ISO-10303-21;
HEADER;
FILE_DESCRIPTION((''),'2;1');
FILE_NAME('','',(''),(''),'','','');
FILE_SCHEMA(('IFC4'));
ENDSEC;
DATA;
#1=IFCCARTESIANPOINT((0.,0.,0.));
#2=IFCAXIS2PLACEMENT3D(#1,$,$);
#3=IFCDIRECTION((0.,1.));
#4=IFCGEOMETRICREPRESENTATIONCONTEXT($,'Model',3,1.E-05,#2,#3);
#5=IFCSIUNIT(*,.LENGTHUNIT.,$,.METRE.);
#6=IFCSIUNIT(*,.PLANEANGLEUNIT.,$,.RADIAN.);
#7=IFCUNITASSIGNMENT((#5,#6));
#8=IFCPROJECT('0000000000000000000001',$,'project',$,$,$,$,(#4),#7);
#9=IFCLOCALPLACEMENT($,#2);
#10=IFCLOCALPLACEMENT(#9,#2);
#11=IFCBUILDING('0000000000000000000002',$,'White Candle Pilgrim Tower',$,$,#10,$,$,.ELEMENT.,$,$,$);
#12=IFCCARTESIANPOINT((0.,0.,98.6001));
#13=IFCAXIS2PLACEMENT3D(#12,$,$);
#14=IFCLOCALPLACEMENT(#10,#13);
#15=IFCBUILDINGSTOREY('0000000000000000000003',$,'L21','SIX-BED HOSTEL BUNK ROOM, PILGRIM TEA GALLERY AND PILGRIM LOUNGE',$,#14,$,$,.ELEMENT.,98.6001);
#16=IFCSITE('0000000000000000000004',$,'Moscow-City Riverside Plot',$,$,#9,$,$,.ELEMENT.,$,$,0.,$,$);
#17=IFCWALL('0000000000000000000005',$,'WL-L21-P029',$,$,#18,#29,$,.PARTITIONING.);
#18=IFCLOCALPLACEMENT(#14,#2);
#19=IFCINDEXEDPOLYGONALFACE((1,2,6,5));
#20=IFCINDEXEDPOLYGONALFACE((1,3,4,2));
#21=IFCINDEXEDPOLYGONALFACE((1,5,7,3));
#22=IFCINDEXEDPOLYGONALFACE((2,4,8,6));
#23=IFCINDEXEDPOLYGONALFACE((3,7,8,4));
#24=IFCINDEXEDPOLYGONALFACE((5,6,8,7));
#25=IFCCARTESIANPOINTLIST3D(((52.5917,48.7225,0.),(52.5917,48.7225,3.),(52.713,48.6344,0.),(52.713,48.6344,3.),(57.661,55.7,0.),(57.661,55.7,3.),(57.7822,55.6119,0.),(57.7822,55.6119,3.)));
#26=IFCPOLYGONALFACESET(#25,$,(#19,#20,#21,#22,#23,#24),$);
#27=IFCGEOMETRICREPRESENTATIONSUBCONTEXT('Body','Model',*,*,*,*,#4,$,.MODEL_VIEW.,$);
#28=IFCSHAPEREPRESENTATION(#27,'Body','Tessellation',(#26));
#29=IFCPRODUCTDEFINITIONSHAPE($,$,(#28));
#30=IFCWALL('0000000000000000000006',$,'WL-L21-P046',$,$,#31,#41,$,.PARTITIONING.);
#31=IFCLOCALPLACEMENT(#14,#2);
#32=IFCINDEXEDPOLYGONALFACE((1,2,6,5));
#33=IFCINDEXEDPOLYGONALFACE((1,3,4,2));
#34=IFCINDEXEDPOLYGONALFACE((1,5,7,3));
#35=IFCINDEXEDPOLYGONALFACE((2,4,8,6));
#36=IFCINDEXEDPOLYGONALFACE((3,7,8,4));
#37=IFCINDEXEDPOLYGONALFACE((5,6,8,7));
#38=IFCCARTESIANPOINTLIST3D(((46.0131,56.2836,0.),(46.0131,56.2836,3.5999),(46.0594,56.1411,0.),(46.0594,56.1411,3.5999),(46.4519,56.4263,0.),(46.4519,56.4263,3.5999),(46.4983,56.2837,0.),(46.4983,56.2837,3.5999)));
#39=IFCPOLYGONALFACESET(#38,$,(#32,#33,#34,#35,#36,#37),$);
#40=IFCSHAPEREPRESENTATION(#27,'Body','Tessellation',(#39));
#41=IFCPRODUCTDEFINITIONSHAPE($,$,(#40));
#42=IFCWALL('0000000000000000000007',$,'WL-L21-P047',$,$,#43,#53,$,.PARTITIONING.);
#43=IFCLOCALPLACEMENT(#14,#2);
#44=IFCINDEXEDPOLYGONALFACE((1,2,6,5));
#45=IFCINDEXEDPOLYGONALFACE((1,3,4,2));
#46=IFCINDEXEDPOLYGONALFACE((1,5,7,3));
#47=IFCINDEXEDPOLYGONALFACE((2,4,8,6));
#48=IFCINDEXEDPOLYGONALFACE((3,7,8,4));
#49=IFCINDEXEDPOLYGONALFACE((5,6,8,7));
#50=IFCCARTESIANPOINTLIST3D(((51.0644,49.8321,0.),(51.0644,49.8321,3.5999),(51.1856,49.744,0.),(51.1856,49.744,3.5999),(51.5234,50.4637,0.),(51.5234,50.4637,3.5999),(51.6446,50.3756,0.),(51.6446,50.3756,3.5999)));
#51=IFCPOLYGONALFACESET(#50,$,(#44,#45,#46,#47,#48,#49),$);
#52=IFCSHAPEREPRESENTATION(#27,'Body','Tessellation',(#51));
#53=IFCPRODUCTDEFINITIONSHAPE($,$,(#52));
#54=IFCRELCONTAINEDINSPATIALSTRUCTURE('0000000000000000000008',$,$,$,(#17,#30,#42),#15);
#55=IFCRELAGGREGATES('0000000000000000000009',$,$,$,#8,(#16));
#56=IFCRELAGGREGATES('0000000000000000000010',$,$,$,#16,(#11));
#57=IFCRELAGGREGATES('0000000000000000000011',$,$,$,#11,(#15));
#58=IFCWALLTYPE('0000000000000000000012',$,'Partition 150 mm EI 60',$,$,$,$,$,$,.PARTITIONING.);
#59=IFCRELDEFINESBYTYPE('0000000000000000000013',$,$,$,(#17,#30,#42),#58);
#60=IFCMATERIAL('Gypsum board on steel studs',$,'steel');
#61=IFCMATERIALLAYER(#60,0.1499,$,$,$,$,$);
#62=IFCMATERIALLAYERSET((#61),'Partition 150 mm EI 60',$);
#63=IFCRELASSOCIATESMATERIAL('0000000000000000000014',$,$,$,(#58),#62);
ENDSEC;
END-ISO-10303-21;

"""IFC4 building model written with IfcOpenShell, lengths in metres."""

from ifc_helpers import new_model, si_unit, direction, frame, frame_2d, origin, place, context, subcontext, project, spatial, rectangle, extrude, material, layer, layer_set, type_object, element, save


model = new_model("IFC4")

# Units and contexts
model_context = context("Model", 3, precision=1e-05, world=origin(), true_north=direction((0.0, 1.0)))
body_context = subcontext(model_context, "Body", "Model", "MODEL_VIEW")
ifc_project = project(units=[si_unit("LENGTHUNIT", "METRE"), si_unit("PLANEANGLEUNIT", "RADIAN")], contexts=[model_context])

# Site, building, storey
site_placement = place(None, origin())
site = spatial("IfcSite", under=ifc_project, at=site_placement, Name="Moscow-City Riverside Plot", CompositionType="ELEMENT", RefElevation=0.0)
building_placement = place(site_placement, origin())
building = spatial("IfcBuilding", under=site, at=building_placement, Name="White Candle Pilgrim Tower", CompositionType="ELEMENT")
storey_placement = place(building_placement, frame((0.0, 0.0, 98.6001)))
storey = spatial("IfcBuildingStorey", under=building, at=storey_placement, Name="L21", Description="SIX-BED HOSTEL BUNK ROOM, PILGRIM TEA GALLERY AND PILGRIM LOUNGE", CompositionType="ELEMENT", Elevation=98.6001)

# Shared definitions
ifc_material_1 = material(Name="Gypsum board on steel studs", Category="steel")

# Walls
ifc_layer_1 = layer(ifc_material_1, 0.1499)
ifc_layer_set_1 = layer_set([ifc_layer_1], Name="Partition 150 mm EI 60")
wall_type_1 = type_object("IfcWallType", Name="Partition 150 mm EI 60", PredefinedType="PARTITIONING", material=ifc_layer_set_1)
wall_1_placement = place(storey_placement, frame((52.6523, 48.6785, 0.0), z_axis=(0.0, 0.0, 1.0), x_axis=(0.587774, 0.809025, 0.0)))
element("IfcWall", 1, at=wall_1_placement, inside=storey, type_object=wall_type_1, Name="WL-L21-P029", PredefinedType="PARTITIONING", context=body_context, shape_type="SweptSolid", body=[
    extrude(rectangle(XDim=8.6245, YDim=0.1499, at=frame_2d((4.3123, 0.0))), origin(), (0.0, 0.0, 1.0), 3.0),
])
wall_2_placement = place(storey_placement, frame((46.4751, 56.355, 0.0), z_axis=(0.0, 0.0, 1.0), x_axis=(-0.951038, -0.309074, 0.0)))
element("IfcWall", 2, at=wall_2_placement, inside=storey, type_object=wall_type_1, Name="WL-L21-P046", PredefinedType="PARTITIONING", context=body_context, shape_type="SweptSolid", body=[
    extrude(rectangle(XDim=0.4614, YDim=0.1499, at=frame_2d((0.2307, 0.0))), origin(), (0.0, 0.0, 1.0), 3.5999),
])
wall_3_placement = place(storey_placement, frame((51.584, 50.4197, 0.0), z_axis=(0.0, 0.0, 1.0), x_axis=(-0.587874, -0.808952, 0.0)))
element("IfcWall", 3, at=wall_3_placement, inside=storey, type_object=wall_type_1, Name="WL-L21-P047", PredefinedType="PARTITIONING", context=body_context, shape_type="SweptSolid", body=[
    extrude(rectangle(XDim=0.7808, YDim=0.1499, at=frame_2d((0.3904, 0.0))), origin(), (0.0, 0.0, 1.0), 3.5999),
])

save(model, "model.ifc")
